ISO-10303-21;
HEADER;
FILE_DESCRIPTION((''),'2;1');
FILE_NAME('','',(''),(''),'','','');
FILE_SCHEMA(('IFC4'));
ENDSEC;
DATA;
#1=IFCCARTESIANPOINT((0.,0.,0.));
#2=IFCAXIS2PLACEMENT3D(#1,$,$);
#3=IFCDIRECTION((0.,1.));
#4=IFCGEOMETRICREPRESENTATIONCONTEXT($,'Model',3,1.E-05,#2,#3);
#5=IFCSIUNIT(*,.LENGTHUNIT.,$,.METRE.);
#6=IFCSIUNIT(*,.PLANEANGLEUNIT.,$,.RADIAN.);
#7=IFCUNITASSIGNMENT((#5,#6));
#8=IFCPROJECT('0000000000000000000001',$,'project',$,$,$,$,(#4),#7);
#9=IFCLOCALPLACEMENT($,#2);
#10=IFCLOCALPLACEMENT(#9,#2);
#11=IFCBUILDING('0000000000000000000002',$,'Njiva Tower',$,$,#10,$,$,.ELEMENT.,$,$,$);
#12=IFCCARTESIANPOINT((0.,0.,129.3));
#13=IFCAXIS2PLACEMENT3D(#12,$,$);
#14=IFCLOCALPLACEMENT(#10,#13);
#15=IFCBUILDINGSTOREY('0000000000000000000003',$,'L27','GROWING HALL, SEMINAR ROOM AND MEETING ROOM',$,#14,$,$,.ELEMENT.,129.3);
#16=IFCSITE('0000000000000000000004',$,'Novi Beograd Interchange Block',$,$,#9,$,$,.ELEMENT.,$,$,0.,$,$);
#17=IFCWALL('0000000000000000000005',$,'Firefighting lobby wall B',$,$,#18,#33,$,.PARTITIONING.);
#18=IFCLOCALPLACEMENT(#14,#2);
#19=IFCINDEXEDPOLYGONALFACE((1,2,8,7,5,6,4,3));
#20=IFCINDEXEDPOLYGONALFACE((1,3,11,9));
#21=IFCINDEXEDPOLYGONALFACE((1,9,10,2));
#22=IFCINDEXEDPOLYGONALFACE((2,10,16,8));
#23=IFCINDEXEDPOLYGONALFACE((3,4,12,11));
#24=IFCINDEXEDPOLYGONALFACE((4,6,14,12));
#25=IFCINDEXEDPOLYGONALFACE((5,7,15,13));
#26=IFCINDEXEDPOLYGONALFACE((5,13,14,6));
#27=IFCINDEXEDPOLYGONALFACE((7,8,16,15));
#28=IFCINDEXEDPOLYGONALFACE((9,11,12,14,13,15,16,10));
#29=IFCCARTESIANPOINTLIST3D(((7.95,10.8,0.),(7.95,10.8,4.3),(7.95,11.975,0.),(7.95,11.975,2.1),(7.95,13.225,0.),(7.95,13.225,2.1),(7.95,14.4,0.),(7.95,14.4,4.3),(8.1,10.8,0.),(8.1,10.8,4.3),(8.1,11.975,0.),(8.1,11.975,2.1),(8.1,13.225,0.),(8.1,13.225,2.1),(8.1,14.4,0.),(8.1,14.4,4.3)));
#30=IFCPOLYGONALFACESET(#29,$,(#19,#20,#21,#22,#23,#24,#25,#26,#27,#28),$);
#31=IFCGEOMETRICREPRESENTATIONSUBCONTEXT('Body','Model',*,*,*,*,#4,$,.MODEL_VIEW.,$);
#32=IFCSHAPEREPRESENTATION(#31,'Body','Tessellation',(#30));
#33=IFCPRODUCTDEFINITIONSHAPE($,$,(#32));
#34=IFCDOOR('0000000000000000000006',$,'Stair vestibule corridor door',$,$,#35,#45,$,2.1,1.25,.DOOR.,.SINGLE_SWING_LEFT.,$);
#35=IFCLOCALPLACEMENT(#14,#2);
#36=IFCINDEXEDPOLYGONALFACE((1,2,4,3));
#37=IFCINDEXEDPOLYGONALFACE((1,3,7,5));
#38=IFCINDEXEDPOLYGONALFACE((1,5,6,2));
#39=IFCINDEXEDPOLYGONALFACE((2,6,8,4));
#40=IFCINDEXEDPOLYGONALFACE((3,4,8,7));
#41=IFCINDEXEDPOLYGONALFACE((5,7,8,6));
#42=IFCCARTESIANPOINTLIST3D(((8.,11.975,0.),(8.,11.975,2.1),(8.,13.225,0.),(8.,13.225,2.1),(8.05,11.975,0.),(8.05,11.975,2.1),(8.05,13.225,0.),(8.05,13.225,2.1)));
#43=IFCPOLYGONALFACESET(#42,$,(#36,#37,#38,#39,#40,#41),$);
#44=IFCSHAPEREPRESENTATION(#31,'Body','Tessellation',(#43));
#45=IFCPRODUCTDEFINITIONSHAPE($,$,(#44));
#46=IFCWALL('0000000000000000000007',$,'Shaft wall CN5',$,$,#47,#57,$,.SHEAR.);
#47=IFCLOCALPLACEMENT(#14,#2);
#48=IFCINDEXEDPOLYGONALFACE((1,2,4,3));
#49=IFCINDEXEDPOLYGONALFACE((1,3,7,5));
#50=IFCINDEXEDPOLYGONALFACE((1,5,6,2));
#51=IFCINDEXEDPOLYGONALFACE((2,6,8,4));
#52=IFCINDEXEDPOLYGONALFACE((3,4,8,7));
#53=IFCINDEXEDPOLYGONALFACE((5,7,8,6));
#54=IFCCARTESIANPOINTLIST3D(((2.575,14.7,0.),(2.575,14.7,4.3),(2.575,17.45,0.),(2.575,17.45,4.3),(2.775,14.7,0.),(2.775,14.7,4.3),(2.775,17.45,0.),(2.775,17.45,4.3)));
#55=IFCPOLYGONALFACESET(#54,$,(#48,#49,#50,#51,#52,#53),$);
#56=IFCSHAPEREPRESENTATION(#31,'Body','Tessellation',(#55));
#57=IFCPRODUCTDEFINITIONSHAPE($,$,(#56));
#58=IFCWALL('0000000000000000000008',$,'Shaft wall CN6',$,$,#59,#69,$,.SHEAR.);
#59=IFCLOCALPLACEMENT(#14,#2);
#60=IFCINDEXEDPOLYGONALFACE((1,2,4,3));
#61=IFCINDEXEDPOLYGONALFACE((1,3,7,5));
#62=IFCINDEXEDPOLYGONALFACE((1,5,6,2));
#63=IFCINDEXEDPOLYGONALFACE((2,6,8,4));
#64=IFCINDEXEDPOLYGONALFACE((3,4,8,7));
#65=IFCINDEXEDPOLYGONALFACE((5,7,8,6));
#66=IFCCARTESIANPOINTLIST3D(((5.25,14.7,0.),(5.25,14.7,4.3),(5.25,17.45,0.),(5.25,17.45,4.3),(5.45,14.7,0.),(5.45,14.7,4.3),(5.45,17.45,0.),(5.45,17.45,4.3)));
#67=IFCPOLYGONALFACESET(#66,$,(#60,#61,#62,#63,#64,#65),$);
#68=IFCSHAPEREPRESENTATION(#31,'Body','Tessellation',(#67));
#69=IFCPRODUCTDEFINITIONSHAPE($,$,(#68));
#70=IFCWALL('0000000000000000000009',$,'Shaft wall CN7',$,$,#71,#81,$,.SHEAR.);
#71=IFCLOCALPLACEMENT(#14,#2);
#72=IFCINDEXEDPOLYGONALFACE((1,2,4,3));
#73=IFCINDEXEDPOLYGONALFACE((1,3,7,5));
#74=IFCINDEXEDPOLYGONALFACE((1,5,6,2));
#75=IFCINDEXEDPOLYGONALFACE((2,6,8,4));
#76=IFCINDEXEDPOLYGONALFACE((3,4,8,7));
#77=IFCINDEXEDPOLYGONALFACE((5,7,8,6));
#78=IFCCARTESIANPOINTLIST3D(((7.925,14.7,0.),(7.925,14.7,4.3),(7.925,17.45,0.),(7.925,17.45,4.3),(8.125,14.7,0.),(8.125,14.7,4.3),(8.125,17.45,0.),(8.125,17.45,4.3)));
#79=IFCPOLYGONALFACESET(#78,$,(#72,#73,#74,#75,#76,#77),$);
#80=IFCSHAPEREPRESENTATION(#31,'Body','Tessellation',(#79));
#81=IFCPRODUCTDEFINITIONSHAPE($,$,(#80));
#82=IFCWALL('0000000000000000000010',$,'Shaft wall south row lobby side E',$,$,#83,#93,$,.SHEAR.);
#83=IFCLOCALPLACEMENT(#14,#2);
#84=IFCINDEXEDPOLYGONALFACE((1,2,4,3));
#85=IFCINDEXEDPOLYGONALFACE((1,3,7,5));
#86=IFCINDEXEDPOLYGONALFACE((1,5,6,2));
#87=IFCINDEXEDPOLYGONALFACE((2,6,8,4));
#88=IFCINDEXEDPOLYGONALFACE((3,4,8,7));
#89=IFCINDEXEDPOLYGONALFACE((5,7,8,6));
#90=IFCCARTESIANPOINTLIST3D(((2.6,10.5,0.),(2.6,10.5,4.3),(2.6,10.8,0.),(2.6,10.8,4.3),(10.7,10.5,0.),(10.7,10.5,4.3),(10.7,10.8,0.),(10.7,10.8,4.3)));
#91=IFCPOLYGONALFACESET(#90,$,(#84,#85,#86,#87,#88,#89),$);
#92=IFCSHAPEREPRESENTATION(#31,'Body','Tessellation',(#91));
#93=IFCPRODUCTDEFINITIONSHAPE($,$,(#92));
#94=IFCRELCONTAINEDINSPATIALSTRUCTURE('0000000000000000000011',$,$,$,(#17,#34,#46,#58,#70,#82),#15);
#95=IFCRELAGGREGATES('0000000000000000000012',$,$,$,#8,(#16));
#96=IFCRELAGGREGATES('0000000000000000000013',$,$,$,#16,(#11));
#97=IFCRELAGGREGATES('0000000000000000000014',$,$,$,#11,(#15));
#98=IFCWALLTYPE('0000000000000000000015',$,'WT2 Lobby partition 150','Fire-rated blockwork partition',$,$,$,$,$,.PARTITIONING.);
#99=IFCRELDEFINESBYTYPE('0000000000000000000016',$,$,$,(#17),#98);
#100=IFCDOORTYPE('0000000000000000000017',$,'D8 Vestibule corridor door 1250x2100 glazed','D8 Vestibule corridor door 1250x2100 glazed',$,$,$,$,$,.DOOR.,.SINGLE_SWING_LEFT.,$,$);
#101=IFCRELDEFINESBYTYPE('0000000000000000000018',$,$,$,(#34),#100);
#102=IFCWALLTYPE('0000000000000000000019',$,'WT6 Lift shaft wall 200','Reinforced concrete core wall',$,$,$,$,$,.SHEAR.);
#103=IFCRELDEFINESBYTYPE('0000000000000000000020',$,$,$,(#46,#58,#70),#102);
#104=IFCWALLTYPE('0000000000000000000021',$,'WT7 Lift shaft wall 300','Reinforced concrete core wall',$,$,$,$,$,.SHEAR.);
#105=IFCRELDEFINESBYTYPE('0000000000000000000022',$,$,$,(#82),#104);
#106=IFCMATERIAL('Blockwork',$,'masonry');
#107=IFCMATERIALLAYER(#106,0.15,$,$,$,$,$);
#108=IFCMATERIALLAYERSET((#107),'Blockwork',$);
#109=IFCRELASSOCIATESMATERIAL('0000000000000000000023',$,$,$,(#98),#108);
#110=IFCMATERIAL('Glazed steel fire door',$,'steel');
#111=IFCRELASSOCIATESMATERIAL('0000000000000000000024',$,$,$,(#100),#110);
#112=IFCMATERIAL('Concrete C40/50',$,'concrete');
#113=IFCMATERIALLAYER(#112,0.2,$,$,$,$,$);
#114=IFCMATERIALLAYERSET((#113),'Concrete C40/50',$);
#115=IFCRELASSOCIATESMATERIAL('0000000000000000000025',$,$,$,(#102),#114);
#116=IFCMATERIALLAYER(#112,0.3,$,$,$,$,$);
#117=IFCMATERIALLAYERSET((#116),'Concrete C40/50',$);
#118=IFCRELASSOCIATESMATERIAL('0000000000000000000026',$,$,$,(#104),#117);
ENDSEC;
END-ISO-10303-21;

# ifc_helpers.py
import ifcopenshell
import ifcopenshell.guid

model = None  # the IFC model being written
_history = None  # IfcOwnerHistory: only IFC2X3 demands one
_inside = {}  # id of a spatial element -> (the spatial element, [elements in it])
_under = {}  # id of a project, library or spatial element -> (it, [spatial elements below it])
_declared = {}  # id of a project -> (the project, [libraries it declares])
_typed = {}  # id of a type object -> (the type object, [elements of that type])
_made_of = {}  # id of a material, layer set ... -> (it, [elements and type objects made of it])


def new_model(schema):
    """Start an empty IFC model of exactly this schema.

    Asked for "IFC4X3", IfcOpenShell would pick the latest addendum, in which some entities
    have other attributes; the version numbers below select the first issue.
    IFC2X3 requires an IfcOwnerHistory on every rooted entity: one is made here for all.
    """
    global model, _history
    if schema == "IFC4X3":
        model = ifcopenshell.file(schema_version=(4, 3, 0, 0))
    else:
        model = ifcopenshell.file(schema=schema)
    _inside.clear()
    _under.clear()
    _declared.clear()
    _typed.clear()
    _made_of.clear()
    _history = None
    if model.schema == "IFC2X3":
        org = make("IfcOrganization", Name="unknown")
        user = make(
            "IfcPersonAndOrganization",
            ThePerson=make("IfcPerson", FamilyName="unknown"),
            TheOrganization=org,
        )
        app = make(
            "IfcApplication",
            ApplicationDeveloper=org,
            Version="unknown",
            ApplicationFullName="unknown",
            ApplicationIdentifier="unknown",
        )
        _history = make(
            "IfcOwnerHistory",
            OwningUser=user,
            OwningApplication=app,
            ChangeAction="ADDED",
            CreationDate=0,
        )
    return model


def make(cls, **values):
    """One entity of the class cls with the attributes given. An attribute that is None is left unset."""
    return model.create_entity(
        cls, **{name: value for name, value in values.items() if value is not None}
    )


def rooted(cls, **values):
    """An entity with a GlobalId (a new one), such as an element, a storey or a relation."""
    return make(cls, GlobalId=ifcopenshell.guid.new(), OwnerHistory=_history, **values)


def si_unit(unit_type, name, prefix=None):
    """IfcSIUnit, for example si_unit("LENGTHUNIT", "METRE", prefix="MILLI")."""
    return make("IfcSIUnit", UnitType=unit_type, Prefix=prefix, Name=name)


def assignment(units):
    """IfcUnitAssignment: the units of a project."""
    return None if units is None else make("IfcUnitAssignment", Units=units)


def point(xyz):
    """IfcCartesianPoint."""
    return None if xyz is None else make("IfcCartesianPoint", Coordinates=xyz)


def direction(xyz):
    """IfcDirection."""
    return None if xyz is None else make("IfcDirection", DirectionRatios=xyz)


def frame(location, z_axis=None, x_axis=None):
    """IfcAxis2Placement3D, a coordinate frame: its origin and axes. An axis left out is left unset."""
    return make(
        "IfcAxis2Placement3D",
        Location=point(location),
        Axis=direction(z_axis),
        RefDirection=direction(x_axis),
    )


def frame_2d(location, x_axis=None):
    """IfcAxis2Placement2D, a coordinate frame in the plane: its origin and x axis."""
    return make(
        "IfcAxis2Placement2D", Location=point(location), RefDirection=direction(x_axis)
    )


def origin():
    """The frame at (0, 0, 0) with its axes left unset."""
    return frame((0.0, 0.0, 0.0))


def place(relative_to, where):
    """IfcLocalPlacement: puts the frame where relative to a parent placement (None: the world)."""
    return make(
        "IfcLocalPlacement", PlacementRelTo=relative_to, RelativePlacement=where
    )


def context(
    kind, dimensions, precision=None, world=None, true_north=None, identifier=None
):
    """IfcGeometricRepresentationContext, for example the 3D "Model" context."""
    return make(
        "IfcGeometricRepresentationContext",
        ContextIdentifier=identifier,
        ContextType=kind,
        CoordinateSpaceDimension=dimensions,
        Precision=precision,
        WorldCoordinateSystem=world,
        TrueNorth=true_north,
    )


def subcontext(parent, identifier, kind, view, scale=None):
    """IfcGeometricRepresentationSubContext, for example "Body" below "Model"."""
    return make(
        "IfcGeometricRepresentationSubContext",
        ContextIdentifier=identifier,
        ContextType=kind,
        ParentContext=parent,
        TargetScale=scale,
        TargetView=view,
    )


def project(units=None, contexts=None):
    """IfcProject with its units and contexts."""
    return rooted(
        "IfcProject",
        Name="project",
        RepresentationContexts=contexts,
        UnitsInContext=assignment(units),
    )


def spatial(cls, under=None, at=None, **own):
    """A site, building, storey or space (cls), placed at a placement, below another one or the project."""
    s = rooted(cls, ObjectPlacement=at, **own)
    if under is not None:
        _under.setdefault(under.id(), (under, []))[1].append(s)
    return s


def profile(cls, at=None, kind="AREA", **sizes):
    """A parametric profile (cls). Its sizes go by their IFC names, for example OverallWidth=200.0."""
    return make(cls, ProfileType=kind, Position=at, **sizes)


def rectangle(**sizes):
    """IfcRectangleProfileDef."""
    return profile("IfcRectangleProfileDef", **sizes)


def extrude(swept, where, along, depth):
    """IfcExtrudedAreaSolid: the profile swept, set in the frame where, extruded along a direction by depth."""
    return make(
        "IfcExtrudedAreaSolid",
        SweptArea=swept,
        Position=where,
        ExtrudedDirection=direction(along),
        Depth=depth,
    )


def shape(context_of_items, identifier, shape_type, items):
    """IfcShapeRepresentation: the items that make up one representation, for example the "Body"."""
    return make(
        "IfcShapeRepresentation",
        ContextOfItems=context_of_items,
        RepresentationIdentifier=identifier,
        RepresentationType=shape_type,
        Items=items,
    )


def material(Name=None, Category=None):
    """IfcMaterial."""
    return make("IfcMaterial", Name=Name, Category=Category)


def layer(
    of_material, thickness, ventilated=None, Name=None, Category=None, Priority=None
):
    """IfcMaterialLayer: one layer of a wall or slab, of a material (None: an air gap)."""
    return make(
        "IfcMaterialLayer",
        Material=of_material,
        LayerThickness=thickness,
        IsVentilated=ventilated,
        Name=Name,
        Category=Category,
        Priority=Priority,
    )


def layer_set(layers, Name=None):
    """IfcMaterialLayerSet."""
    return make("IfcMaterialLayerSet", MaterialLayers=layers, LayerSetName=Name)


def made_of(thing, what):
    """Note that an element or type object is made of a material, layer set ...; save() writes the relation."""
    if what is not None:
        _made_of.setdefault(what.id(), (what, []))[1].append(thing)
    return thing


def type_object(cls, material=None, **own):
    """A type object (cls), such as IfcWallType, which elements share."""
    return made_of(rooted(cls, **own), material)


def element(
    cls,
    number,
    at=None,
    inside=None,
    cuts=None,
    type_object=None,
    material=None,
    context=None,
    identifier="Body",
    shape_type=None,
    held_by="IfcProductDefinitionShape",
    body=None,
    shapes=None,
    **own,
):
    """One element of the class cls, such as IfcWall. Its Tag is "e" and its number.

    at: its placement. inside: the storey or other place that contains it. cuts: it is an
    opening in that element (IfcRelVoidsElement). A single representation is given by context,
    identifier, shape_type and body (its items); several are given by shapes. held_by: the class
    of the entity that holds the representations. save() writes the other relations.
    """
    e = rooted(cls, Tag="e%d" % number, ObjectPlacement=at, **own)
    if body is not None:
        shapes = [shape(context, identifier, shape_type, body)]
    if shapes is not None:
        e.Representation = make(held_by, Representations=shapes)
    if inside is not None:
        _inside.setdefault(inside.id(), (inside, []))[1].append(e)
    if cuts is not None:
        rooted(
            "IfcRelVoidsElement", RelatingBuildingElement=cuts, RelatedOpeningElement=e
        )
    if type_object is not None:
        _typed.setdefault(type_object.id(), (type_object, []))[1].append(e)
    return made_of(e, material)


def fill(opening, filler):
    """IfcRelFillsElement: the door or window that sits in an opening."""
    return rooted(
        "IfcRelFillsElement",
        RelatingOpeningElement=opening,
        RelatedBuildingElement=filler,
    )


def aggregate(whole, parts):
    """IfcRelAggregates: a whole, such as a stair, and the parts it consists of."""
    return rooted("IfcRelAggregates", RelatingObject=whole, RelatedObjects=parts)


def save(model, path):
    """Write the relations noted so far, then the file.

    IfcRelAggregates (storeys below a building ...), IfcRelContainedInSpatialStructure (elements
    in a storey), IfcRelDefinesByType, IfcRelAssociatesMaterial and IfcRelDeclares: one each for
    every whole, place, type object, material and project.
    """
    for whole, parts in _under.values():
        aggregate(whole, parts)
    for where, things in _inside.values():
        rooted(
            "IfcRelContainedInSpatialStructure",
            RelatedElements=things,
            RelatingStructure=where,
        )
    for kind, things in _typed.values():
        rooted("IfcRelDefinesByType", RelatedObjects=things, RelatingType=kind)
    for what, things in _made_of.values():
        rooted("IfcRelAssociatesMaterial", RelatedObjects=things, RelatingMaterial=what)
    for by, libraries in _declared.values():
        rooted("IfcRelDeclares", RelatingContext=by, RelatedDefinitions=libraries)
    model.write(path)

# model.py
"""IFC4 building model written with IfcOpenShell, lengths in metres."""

from ifc_helpers import new_model, si_unit, direction, frame, frame_2d, origin, place, context, subcontext, project, spatial, rectangle, extrude, material, layer, layer_set, type_object, element, fill, save


model = new_model("IFC4")

# Units and contexts
model_context = context("Model", 3, precision=1e-05, world=origin(), true_north=direction((0.0, 1.0)))
body_context = subcontext(model_context, "Body", "Model", "MODEL_VIEW")
ifc_project = project(units=[si_unit("LENGTHUNIT", "METRE"), si_unit("PLANEANGLEUNIT", "RADIAN")], contexts=[model_context])

# Site, building, storey
site_placement = place(None, origin())
site = spatial("IfcSite", under=ifc_project, at=site_placement, Name="Novi Beograd Interchange Block", CompositionType="ELEMENT", RefElevation=0.0)
building_placement = place(site_placement, origin())
building = spatial("IfcBuilding", under=site, at=building_placement, Name="Njiva Tower", CompositionType="ELEMENT")
storey_placement = place(building_placement, frame((0.0, 0.0, 129.3)))
storey = spatial("IfcBuildingStorey", under=building, at=storey_placement, Name="L27", Description="GROWING HALL, SEMINAR ROOM AND MEETING ROOM", CompositionType="ELEMENT", Elevation=129.3)

# Shared definitions
ifc_material_1 = material(Name="Blockwork", Category="masonry")

# Wall, opening, door
ifc_material_2 = material(Name="Concrete C40/50", Category="concrete")
ifc_material_3 = material(Name="Glazed steel fire door", Category="steel")
ifc_layer_1 = layer(ifc_material_1, 0.15)
ifc_layer_set_1 = layer_set([ifc_layer_1], Name="Blockwork")
wall_type_1 = type_object("IfcWallType", Name="WT2 Lobby partition 150", Description="Fire-rated blockwork partition", PredefinedType="PARTITIONING", material=ifc_layer_set_1)
wall_1_placement = place(storey_placement, frame((8.025, 10.8, 0.0), z_axis=(0.0, 0.0, 1.0), x_axis=(0.0, 1.0, 0.0)))
wall_1 = element("IfcWall", 1, at=wall_1_placement, inside=storey, type_object=wall_type_1, Name="Firefighting lobby wall B", PredefinedType="PARTITIONING", context=body_context, shape_type="SweptSolid", body=[
    extrude(rectangle(XDim=3.6, YDim=0.15, at=frame_2d((1.8, 0.0))), origin(), (0.0, 0.0, 1.0), 4.3),
])
opening_1_placement = place(wall_1_placement, frame((1.175, 0.0, 0.0)))
opening_1 = element("IfcOpeningElement", 2, at=opening_1_placement, cuts=wall_1, PredefinedType="OPENING", context=body_context, shape_type="SweptSolid", body=[
    extrude(rectangle(XDim=1.25, YDim=2.1, at=frame_2d((0.625, 1.05))), frame((0.0, 0.085, 0.0), z_axis=(0.0, -1.0, 0.0), x_axis=(1.0, 0.0, 0.0)), (0.0, 0.0, 1.0), 0.17),
])
door_type_1 = type_object("IfcDoorType", Name="D8 Vestibule corridor door 1250x2100 glazed", Description="D8 Vestibule corridor door 1250x2100 glazed", OperationType="SINGLE_SWING_LEFT", PredefinedType="DOOR", material=ifc_material_3)
door_1_placement = place(opening_1_placement, origin())
door_1 = element("IfcDoor", 3, at=door_1_placement, inside=storey, type_object=door_type_1, Name="Stair vestibule corridor door", OperationType="SINGLE_SWING_LEFT", OverallHeight=2.1, OverallWidth=1.25, PredefinedType="DOOR", context=body_context, shape_type="SweptSolid", body=[
    extrude(rectangle(XDim=1.25, YDim=2.1, at=frame_2d((0.625, 1.05))), frame((0.0, 0.025, 0.0), z_axis=(0.0, -1.0, 0.0), x_axis=(1.0, 0.0, 0.0)), (0.0, 0.0, 1.0), 0.05),
])
fill(opening_1, door_1)

# Walls
ifc_layer_2 = layer(ifc_material_2, 0.2)
ifc_layer_set_2 = layer_set([ifc_layer_2], Name="Concrete C40/50")
wall_type_2 = type_object("IfcWallType", Name="WT6 Lift shaft wall 200", Description="Reinforced concrete core wall", PredefinedType="SHEAR", material=ifc_layer_set_2)
for number, where, z_axis, x_axis, name in (
    (4, (2.675, 14.7, 0.0), (0.0, 0.0, 1.0), (0.0, 1.0, 0.0), "Shaft wall CN5"),
    (5, (5.35, 14.7, 0.0), (0.0, 0.0, 1.0), (0.0, 1.0, 0.0), "Shaft wall CN6"),
    (6, (8.025, 14.7, 0.0), (0.0, 0.0, 1.0), (0.0, 1.0, 0.0), "Shaft wall CN7"),
):
    element("IfcWall", number, at=place(storey_placement, frame(where, z_axis=z_axis, x_axis=x_axis)), inside=storey, type_object=wall_type_2, Name=name, PredefinedType="SHEAR", context=body_context, shape_type="SweptSolid", body=[
        extrude(rectangle(XDim=2.75, YDim=0.2, at=frame_2d((1.375, 0.0))), origin(), (0.0, 0.0, 1.0), 4.3),
    ])
ifc_layer_3 = layer(ifc_material_2, 0.3)
ifc_layer_set_3 = layer_set([ifc_layer_3], Name="Concrete C40/50")
wall_type_3 = type_object("IfcWallType", Name="WT7 Lift shaft wall 300", Description="Reinforced concrete core wall", PredefinedType="SHEAR", material=ifc_layer_set_3)
wall_2_placement = place(storey_placement, frame((2.6, 10.65, 0.0), z_axis=(0.0, 0.0, 1.0), x_axis=(1.0, 0.0, 0.0)))
element("IfcWall", 7, at=wall_2_placement, inside=storey, type_object=wall_type_3, Name="Shaft wall south row lobby side E", PredefinedType="SHEAR", context=body_context, shape_type="SweptSolid", body=[
    extrude(rectangle(XDim=8.1, YDim=0.3, at=frame_2d((4.05, 0.0))), origin(), (0.0, 0.0, 1.0), 4.3),
])

save(model, "model.ifc")
